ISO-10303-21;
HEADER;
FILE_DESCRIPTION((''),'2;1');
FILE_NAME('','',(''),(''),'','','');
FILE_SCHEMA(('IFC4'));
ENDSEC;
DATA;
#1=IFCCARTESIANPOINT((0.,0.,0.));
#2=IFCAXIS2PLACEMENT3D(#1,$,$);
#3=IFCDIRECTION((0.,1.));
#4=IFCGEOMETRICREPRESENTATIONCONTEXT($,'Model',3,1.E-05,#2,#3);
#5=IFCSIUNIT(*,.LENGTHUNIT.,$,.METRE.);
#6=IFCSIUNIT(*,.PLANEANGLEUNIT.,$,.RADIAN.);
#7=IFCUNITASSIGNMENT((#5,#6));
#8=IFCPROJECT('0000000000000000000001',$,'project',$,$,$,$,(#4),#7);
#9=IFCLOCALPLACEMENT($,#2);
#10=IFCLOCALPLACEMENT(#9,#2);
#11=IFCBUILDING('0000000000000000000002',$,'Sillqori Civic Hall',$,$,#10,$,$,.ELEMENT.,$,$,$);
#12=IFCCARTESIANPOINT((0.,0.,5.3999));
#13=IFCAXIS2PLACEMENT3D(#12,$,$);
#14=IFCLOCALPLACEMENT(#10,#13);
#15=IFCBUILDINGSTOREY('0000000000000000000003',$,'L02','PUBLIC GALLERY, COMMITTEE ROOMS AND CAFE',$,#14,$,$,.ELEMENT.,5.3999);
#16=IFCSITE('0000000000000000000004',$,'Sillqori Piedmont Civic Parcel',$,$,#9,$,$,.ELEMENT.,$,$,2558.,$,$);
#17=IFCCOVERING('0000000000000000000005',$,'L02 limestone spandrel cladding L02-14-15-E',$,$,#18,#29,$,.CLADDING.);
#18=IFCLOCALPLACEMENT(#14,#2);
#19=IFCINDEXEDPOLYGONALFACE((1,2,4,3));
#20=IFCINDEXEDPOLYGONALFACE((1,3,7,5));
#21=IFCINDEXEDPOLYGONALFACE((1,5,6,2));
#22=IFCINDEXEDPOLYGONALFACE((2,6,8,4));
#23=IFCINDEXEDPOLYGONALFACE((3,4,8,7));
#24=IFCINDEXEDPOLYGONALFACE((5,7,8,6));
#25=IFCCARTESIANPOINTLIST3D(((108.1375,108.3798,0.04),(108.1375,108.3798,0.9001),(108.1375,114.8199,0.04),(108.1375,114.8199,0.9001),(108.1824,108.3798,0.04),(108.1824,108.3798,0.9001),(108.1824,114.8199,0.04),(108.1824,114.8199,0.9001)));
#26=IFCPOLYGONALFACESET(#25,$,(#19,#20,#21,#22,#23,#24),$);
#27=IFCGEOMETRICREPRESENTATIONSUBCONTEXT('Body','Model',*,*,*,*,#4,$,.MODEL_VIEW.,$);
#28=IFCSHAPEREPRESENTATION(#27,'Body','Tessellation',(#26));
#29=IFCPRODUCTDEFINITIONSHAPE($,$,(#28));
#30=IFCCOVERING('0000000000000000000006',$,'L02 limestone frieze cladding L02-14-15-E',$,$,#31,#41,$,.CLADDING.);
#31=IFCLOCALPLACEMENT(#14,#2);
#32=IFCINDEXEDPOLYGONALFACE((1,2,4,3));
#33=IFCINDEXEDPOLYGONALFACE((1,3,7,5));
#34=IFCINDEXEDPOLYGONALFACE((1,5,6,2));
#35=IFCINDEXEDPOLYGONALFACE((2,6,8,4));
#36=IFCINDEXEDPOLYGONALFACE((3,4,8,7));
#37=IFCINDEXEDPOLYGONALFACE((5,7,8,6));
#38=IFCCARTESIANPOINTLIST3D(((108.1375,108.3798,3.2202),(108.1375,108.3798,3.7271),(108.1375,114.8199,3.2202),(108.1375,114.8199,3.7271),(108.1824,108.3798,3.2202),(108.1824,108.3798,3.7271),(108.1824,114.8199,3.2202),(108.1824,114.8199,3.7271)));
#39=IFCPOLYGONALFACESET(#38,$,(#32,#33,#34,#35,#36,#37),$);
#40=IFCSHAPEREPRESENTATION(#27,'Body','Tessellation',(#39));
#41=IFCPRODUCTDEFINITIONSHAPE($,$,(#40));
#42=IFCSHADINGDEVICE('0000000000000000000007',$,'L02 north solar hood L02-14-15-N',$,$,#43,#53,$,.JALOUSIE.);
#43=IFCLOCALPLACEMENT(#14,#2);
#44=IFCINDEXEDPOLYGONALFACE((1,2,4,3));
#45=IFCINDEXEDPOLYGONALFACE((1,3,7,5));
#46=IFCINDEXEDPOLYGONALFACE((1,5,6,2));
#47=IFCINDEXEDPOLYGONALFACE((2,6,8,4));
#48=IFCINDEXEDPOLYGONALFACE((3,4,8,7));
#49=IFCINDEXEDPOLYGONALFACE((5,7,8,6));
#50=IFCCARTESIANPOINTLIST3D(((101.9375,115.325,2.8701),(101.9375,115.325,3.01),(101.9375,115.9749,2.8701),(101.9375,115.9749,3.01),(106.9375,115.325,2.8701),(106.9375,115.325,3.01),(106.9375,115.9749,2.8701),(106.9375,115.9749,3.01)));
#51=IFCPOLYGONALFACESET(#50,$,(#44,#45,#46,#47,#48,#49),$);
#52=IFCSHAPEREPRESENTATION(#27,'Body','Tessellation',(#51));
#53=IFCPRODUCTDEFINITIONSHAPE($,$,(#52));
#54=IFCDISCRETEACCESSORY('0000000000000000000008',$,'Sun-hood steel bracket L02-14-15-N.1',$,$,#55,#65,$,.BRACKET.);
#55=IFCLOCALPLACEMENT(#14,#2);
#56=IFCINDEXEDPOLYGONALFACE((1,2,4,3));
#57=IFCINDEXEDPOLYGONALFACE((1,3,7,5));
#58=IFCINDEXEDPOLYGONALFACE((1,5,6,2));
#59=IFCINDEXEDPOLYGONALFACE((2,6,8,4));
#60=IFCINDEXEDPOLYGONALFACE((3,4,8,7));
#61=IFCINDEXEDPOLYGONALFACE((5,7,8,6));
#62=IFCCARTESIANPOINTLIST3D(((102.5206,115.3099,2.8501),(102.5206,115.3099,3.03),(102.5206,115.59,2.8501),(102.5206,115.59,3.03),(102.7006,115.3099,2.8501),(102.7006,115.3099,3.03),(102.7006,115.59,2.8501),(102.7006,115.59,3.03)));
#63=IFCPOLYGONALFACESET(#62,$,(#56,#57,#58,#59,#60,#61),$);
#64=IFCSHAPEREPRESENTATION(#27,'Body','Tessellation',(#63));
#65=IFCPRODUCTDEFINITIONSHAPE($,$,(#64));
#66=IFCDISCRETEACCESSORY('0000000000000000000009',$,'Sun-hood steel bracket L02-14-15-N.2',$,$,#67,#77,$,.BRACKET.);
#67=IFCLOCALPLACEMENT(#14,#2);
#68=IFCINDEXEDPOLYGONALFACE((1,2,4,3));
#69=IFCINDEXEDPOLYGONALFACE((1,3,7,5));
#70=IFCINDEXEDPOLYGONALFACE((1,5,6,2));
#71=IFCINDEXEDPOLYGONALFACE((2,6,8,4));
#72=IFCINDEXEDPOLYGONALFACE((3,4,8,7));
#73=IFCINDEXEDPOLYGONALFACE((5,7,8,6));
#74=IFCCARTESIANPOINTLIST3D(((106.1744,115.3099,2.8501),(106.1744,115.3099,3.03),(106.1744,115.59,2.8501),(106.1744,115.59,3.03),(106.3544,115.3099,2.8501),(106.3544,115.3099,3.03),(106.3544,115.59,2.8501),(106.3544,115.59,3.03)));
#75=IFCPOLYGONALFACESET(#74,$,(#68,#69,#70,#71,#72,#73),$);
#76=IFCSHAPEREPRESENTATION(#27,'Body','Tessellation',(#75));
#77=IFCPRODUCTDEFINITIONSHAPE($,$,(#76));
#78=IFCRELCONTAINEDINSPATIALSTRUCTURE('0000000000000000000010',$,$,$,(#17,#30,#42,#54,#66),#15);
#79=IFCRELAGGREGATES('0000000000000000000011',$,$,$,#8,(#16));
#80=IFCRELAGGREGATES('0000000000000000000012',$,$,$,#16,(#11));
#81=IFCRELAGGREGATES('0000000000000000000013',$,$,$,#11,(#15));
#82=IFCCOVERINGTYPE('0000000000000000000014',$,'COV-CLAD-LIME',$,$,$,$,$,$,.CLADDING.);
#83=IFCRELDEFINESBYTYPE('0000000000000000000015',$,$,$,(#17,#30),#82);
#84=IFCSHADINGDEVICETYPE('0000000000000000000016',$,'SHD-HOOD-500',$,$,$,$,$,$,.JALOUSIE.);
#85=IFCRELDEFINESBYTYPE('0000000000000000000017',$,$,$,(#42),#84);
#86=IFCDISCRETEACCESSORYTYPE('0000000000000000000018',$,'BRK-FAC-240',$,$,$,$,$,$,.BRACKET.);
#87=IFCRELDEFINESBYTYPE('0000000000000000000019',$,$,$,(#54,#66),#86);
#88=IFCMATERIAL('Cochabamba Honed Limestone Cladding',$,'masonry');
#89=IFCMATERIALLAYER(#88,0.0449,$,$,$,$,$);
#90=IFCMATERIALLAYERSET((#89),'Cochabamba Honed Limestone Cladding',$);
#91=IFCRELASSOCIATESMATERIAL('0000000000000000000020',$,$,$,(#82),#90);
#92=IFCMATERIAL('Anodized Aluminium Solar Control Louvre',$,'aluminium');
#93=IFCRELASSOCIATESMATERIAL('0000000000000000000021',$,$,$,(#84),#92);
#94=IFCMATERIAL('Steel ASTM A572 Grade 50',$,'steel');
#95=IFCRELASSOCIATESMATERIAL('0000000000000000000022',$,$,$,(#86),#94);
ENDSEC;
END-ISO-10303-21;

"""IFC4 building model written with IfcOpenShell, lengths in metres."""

from ifc_helpers import new_model, si_unit, direction, frame, frame_2d, origin, origin_2d, place, context, subcontext, project, spatial, rectangle, extrude, material, layer, layer_set, type_object, element, save


model = new_model("IFC4")

# Units and contexts
model_context = context("Model", 3, precision=1e-05, world=origin(), true_north=direction((0.0, 1.0)))
body_context = subcontext(model_context, "Body", "Model", "MODEL_VIEW")
ifc_project = project(units=[si_unit("LENGTHUNIT", "METRE"), si_unit("PLANEANGLEUNIT", "RADIAN")], contexts=[model_context])

# Site, building, storey
site_placement = place(None, origin())
site = spatial("IfcSite", under=ifc_project, at=site_placement, Name="Sillqori Piedmont Civic Parcel", CompositionType="ELEMENT", RefElevation=2558.0)
building_placement = place(site_placement, origin())
building = spatial("IfcBuilding", under=site, at=building_placement, Name="Sillqori Civic Hall", CompositionType="ELEMENT")
storey_placement = place(building_placement, frame((0.0, 0.0, 5.3999)))
storey = spatial("IfcBuildingStorey", under=building, at=storey_placement, Name="L02", Description="PUBLIC GALLERY, COMMITTEE ROOMS AND CAFE", CompositionType="ELEMENT", Elevation=5.3999)

# Coverings
ifc_material_1 = material(Name="Cochabamba Honed Limestone Cladding", Category="masonry")
ifc_layer_1 = layer(ifc_material_1, 0.0449)
ifc_layer_set_1 = layer_set([ifc_layer_1], Name="Cochabamba Honed Limestone Cladding")
covering_type = type_object("IfcCoveringType", Name="COV-CLAD-LIME", PredefinedType="CLADDING", material=ifc_layer_set_1)
covering_1_placement = place(storey_placement, frame((108.1599, 114.8201, 0.04), z_axis=(0.0, 0.0, 1.0), x_axis=(0.0, -1.0, 0.0)))
element("IfcCovering", 1, at=covering_1_placement, inside=storey, type_object=covering_type, Name="L02 limestone spandrel cladding L02-14-15-E", PredefinedType="CLADDING", context=body_context, shape_type="SweptSolid", body=[
    extrude(rectangle(XDim=6.4402, YDim=0.0449, at=frame_2d((3.2202, 0.0))), origin(), (0.0, 0.0, 1.0), 0.8601),
])
covering_2_placement = place(storey_placement, frame((108.1599, 114.8201, 3.2202), z_axis=(0.0, 0.0, 1.0), x_axis=(0.0, -1.0, 0.0)))
element("IfcCovering", 2, at=covering_2_placement, inside=storey, type_object=covering_type, Name="L02 limestone frieze cladding L02-14-15-E", PredefinedType="CLADDING", context=body_context, shape_type="SweptSolid", body=[
    extrude(rectangle(XDim=6.4402, YDim=0.0449, at=frame_2d((3.2202, 0.0))), origin(), (0.0, 0.0, 1.0), 0.5068),
])

# Shading device
ifc_material_2 = material(Name="Anodized Aluminium Solar Control Louvre", Category="aluminium")
shading_device_type = type_object("IfcShadingDeviceType", Name="SHD-HOOD-500", PredefinedType="JALOUSIE", material=ifc_material_2)
shading_device_placement = place(storey_placement, frame((104.4375, 115.6499, 2.8701), z_axis=(0.0, 0.0, 1.0), x_axis=(1.0, 0.0, 0.0)))
element("IfcShadingDevice", 3, at=shading_device_placement, inside=storey, type_object=shading_device_type, Name="L02 north solar hood L02-14-15-N", PredefinedType="JALOUSIE", context=body_context, shape_type="SweptSolid", body=[
    extrude(rectangle(XDim=5.0, YDim=0.6499, at=origin_2d()), origin(), (0.0, 0.0, 1.0), 0.1399),
])

# Discrete accessories
ifc_material_3 = material(Name="Steel ASTM A572 Grade 50", Category="steel")
discrete_accessory_type = type_object("IfcDiscreteAccessoryType", Name="BRK-FAC-240", PredefinedType="BRACKET", material=ifc_material_3)
for number, where, z_axis, x_axis, name in (
    (4, (102.6106, 115.45, 2.8501), (0.0, 0.0, 1.0), (1.0, 0.0, 0.0), "Sun-hood steel bracket L02-14-15-N.1"),
    (5, (106.2644, 115.45, 2.8501), (0.0, 0.0, 1.0), (1.0, 0.0, 0.0), "Sun-hood steel bracket L02-14-15-N.2"),
):
    element("IfcDiscreteAccessory", number, at=place(storey_placement, frame(where, z_axis=z_axis, x_axis=x_axis)), inside=storey, type_object=discrete_accessory_type, Name=name, PredefinedType="BRACKET", context=body_context, shape_type="SweptSolid", body=[
        extrude(rectangle(XDim=0.1799, YDim=0.28, at=origin_2d()), origin(), (0.0, 0.0, 1.0), 0.1799),
    ])

save(model, "model.ifc")
